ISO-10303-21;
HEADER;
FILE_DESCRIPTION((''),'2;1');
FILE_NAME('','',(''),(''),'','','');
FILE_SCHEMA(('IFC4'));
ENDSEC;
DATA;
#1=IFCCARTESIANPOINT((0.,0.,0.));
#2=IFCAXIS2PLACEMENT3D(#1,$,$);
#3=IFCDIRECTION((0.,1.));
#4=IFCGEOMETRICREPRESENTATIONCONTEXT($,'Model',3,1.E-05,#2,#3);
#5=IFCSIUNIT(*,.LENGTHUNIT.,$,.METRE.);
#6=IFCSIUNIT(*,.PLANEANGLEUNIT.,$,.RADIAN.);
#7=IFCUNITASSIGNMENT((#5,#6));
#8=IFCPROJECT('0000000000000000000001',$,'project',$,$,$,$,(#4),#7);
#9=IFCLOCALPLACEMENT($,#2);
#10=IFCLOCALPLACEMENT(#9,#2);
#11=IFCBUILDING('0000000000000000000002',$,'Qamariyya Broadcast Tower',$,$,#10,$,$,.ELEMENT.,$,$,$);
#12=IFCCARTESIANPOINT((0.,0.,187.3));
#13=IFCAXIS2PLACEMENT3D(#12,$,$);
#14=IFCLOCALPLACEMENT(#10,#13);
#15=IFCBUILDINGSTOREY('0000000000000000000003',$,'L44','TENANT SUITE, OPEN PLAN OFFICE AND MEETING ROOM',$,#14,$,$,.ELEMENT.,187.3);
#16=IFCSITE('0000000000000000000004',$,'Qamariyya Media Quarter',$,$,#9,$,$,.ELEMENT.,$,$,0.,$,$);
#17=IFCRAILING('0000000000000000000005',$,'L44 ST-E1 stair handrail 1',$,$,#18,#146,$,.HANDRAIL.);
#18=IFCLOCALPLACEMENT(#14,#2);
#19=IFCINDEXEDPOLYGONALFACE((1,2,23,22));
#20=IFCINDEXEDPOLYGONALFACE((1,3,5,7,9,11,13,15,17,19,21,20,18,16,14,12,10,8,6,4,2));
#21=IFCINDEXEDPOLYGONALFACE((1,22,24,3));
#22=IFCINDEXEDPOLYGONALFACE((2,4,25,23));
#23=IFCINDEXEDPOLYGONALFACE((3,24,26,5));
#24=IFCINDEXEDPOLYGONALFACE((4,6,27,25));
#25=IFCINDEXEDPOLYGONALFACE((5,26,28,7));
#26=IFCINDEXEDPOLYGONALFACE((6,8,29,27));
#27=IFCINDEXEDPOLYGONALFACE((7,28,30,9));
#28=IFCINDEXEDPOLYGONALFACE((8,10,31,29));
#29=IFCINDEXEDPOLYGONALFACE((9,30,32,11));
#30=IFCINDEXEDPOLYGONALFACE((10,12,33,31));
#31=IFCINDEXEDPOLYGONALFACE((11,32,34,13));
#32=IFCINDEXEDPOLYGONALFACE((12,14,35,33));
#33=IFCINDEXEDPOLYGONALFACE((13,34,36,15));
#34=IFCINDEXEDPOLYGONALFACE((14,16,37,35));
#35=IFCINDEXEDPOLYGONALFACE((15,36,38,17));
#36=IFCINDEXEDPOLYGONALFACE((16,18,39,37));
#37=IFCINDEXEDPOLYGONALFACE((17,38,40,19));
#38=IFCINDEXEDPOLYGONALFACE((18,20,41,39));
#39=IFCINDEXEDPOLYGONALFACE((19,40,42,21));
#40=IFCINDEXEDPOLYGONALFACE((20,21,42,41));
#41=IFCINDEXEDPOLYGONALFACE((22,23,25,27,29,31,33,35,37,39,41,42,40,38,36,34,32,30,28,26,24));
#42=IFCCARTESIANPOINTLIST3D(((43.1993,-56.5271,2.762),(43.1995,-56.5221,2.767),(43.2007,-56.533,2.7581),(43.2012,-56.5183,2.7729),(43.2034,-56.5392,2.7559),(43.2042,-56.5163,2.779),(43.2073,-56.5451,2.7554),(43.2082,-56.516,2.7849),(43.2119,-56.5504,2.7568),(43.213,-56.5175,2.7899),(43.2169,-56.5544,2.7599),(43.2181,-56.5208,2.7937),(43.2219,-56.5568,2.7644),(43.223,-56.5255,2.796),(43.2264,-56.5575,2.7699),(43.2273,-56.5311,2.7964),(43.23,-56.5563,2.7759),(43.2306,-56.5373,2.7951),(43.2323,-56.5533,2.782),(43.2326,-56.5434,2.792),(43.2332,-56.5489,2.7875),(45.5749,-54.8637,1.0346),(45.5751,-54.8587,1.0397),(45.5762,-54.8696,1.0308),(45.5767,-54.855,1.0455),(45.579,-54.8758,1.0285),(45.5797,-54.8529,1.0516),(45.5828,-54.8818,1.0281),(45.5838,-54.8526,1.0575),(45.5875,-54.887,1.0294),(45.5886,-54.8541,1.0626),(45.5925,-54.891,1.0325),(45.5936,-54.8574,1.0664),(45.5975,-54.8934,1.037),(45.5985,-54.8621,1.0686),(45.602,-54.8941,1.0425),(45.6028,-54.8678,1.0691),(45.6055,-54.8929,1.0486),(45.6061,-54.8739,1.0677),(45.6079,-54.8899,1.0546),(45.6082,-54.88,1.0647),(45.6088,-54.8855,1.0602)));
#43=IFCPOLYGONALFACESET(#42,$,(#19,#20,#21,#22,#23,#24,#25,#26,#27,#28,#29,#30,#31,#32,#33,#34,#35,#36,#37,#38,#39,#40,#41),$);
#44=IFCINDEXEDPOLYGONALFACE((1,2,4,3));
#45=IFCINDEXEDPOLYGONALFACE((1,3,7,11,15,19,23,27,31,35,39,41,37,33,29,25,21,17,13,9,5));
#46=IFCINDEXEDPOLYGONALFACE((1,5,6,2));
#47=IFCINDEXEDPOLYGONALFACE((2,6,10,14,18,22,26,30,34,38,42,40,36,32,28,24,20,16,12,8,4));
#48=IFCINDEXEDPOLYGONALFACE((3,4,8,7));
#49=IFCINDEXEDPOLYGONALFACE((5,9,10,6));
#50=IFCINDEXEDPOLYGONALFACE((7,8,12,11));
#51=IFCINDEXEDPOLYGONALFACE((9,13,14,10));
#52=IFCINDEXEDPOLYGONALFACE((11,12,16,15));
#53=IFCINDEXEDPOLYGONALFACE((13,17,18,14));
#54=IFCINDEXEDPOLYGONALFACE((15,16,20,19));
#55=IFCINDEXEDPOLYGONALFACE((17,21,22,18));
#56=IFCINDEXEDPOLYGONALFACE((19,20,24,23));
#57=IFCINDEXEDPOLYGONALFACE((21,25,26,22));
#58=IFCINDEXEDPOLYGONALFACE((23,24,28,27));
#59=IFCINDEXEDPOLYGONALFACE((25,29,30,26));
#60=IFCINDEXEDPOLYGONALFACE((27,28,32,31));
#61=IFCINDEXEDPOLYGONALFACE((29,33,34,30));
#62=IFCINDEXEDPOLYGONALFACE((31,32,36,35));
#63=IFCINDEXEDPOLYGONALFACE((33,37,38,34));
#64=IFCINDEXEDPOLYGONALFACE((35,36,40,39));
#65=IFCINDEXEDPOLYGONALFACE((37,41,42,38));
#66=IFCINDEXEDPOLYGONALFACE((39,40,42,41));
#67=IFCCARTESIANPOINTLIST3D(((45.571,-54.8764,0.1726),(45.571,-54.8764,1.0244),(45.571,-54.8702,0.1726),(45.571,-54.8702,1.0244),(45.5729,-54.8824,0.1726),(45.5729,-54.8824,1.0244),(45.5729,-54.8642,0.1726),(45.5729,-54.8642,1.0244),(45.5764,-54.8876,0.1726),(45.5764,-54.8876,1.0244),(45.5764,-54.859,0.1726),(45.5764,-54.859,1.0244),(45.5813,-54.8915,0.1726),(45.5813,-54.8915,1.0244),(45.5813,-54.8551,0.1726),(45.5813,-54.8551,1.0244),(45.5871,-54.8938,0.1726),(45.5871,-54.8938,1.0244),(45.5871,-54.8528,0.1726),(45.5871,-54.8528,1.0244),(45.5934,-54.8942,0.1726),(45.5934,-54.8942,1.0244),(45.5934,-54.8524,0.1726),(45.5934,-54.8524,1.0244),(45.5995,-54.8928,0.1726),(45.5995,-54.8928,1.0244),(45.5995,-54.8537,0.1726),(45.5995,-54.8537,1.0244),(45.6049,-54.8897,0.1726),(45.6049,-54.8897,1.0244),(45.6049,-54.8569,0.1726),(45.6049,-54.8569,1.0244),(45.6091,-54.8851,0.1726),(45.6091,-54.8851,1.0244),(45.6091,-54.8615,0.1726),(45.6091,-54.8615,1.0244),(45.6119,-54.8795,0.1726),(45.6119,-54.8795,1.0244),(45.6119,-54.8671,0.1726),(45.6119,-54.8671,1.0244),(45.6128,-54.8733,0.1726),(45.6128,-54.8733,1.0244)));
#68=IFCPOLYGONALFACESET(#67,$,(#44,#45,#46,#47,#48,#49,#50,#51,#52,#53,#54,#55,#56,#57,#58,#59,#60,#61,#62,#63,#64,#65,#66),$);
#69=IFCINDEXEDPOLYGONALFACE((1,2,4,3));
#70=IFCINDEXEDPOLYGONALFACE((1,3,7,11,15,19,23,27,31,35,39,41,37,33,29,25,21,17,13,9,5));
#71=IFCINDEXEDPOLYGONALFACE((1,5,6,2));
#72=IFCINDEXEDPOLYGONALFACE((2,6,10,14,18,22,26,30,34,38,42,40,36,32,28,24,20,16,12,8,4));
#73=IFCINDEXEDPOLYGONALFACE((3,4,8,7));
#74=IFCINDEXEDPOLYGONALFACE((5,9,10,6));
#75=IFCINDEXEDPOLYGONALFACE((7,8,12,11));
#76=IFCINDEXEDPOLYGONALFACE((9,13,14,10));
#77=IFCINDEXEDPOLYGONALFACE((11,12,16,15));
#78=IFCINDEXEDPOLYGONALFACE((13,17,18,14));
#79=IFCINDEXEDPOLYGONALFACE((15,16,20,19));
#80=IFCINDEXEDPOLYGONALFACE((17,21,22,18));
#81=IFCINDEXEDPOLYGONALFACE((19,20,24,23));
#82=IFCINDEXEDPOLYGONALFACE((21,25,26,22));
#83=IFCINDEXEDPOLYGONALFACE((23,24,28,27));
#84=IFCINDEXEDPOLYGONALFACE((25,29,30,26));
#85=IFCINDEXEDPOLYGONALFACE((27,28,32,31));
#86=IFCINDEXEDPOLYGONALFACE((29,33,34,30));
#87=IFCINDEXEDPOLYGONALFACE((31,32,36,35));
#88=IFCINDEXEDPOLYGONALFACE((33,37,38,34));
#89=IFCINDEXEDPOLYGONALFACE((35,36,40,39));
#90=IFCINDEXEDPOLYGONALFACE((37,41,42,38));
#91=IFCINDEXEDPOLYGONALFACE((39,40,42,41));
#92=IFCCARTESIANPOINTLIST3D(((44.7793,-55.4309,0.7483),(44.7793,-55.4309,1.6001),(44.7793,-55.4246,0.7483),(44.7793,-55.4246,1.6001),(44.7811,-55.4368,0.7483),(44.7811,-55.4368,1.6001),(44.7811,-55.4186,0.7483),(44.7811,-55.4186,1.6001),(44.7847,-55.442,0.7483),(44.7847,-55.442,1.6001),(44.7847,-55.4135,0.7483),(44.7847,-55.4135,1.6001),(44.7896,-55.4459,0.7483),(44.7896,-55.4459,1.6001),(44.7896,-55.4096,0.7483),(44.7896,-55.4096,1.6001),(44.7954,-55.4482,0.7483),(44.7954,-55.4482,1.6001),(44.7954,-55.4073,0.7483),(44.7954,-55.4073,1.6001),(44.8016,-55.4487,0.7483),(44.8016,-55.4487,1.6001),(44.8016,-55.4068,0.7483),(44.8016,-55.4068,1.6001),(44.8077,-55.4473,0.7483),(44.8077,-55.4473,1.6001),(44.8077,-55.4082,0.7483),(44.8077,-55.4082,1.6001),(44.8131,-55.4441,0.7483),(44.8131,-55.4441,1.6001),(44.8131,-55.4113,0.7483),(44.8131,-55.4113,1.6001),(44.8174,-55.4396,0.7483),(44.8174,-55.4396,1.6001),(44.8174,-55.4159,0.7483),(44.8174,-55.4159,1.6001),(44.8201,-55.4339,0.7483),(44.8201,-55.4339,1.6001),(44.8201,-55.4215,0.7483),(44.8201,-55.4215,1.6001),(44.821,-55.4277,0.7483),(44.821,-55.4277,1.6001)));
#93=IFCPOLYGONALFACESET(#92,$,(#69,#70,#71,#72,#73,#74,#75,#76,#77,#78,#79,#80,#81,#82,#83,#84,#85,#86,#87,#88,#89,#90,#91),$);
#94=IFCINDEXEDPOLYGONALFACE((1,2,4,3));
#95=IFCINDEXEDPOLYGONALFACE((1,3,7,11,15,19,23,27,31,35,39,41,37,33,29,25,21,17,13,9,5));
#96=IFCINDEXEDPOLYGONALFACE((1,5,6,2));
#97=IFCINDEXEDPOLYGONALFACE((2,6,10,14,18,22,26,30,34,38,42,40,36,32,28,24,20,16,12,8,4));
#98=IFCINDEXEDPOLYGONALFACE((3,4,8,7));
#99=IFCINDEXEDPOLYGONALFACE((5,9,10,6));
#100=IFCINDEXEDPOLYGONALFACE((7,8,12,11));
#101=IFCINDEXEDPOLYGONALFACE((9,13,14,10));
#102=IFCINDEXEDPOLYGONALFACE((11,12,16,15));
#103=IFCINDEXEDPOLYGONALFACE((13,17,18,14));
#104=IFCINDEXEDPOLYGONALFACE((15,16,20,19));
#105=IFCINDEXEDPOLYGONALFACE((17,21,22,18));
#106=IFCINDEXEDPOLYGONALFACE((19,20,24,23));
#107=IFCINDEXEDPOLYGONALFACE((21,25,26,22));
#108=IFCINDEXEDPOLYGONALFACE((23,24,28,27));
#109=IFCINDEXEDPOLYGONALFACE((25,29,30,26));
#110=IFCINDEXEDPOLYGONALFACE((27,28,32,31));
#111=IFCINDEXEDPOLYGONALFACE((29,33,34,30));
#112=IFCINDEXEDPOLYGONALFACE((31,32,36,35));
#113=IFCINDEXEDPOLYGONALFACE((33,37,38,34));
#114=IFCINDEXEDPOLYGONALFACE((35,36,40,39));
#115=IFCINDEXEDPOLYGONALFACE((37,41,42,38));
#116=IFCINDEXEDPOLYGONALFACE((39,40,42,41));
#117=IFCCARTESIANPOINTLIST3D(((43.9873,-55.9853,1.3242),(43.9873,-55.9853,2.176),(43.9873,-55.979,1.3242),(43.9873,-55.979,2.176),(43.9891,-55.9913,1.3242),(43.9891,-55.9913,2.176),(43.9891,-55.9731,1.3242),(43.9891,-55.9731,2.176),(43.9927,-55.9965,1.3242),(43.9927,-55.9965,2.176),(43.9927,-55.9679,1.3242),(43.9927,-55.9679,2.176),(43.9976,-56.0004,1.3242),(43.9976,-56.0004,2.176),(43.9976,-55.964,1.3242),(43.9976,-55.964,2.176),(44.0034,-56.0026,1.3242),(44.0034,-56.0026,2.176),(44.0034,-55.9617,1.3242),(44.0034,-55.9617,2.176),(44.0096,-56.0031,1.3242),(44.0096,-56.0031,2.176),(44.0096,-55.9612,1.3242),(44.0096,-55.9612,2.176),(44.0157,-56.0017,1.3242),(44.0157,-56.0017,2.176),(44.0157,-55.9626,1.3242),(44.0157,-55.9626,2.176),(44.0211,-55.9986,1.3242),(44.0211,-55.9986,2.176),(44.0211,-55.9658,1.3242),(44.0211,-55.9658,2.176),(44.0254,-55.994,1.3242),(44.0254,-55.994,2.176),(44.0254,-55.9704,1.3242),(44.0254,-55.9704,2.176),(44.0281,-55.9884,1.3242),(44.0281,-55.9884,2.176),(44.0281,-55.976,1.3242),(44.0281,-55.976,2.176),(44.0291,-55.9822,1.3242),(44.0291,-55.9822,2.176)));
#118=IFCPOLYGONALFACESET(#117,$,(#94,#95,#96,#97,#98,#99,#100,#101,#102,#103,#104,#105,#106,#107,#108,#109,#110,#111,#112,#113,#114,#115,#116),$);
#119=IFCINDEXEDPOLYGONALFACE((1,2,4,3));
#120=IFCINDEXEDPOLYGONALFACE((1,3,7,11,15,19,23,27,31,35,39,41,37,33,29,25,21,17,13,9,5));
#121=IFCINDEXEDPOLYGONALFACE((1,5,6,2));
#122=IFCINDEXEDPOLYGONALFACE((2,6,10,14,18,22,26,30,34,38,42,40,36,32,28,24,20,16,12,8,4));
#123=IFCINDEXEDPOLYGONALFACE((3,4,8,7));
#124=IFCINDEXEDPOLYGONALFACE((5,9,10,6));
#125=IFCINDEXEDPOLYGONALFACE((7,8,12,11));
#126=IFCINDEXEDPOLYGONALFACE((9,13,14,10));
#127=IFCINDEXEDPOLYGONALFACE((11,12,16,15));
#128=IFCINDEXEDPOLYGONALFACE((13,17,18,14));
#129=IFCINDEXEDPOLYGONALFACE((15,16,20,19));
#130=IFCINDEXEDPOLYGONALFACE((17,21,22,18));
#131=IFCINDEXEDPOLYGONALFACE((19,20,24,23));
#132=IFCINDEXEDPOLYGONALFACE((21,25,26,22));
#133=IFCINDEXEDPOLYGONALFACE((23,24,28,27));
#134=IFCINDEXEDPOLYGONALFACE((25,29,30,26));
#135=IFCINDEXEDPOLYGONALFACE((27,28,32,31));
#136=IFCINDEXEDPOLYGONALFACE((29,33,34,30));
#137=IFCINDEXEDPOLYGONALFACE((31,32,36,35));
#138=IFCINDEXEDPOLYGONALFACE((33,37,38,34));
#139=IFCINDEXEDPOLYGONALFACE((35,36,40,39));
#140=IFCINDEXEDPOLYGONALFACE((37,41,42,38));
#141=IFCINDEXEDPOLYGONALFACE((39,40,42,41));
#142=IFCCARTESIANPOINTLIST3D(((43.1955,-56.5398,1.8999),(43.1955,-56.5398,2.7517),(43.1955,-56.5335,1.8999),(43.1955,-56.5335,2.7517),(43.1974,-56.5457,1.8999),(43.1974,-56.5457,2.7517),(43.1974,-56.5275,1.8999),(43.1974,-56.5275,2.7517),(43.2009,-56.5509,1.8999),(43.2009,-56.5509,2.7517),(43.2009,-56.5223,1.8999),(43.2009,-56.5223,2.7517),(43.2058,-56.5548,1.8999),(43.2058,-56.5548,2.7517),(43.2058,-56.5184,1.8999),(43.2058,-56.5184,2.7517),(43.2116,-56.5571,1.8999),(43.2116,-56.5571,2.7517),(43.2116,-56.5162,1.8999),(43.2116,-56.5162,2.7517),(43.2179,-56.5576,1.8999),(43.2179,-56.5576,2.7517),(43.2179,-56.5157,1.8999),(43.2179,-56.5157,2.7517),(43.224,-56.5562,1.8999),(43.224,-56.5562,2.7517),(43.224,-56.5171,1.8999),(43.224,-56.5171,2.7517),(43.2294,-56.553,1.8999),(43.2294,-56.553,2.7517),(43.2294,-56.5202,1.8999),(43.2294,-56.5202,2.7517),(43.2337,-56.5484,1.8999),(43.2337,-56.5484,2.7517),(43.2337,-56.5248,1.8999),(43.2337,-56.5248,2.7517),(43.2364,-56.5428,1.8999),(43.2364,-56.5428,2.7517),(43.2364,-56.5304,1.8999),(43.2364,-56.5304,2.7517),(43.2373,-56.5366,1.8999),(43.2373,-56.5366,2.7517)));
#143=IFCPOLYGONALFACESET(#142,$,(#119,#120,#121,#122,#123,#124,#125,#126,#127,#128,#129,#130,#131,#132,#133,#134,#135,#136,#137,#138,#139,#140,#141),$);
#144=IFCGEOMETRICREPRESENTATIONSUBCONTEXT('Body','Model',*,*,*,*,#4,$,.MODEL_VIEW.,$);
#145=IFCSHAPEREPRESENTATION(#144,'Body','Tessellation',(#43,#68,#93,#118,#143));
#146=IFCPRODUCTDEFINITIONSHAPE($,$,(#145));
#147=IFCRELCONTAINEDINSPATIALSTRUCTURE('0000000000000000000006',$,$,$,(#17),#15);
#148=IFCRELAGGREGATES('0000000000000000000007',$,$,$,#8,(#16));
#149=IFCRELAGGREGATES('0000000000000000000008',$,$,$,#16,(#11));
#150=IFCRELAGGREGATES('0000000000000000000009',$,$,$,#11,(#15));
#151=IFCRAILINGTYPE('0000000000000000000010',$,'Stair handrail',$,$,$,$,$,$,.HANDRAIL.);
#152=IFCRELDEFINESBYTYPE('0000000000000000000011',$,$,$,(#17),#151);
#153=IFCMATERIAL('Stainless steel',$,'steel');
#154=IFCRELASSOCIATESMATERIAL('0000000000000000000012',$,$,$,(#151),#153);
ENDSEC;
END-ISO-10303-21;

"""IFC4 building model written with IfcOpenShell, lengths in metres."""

from ifc_helpers import new_model, si_unit, direction, frame, origin, origin_2d, place, context, subcontext, project, spatial, circle, extrude, material, type_object, element, save


model = new_model("IFC4")

# Units and contexts
model_context = context("Model", 3, precision=1e-05, world=origin(), true_north=direction((0.0, 1.0)))
body_context = subcontext(model_context, "Body", "Model", "MODEL_VIEW")
ifc_project = project(units=[si_unit("LENGTHUNIT", "METRE"), si_unit("PLANEANGLEUNIT", "RADIAN")], contexts=[model_context])

# Site, building, storey
site_placement = place(None, origin())
site = spatial("IfcSite", under=ifc_project, at=site_placement, Name="Qamariyya Media Quarter", CompositionType="ELEMENT", RefElevation=0.0)
building_placement = place(site_placement, origin())
building = spatial("IfcBuilding", under=site, at=building_placement, Name="Qamariyya Broadcast Tower", CompositionType="ELEMENT")
storey_placement = place(building_placement, frame((0.0, 0.0, 187.3)))
storey = spatial("IfcBuildingStorey", under=building, at=storey_placement, Name="L44", Description="TENANT SUITE, OPEN PLAN OFFICE AND MEETING ROOM", CompositionType="ELEMENT", Elevation=187.3)

# Railing
ifc_material_1 = material(Name="Stainless steel", Category="steel")
railing_type_1 = type_object("IfcRailingType", Name="Stair handrail", PredefinedType="HANDRAIL", material=ifc_material_1)
railing_1_placement = place(storey_placement, frame((45.5918, -54.8733, 0.1726)))
element("IfcRailing", 1, at=railing_1_placement, inside=storey, type_object=railing_type_1, Name="L44 ST-E1 stair handrail 1", PredefinedType="HANDRAIL", context=body_context, shape_type="SweptSolid", body=[
    extrude(circle(Radius=0.0239, at=origin_2d()), frame((0.0, 0.0, 0.876), z_axis=(-0.70377, -0.492784, 0.511734), x_axis=(0.573575, -0.819153, 0.0)), (0.0, 0.0, 1.0), 3.3755),
    extrude(circle(Radius=0.021, at=origin_2d()), origin(), (0.0, 0.0, 1.0), 0.8518),
    extrude(circle(Radius=0.021, at=origin_2d()), frame((-0.7917, -0.5544, 0.5757)), (0.0, 0.0, 1.0), 0.8518),
    extrude(circle(Radius=0.021, at=origin_2d()), frame((-1.5837, -1.1089, 1.1516)), (0.0, 0.0, 1.0), 0.8518),
    extrude(circle(Radius=0.021, at=origin_2d()), frame((-2.3755, -1.6633, 1.7273)), (0.0, 0.0, 1.0), 0.8518),
])

save(model, "model.ifc")
